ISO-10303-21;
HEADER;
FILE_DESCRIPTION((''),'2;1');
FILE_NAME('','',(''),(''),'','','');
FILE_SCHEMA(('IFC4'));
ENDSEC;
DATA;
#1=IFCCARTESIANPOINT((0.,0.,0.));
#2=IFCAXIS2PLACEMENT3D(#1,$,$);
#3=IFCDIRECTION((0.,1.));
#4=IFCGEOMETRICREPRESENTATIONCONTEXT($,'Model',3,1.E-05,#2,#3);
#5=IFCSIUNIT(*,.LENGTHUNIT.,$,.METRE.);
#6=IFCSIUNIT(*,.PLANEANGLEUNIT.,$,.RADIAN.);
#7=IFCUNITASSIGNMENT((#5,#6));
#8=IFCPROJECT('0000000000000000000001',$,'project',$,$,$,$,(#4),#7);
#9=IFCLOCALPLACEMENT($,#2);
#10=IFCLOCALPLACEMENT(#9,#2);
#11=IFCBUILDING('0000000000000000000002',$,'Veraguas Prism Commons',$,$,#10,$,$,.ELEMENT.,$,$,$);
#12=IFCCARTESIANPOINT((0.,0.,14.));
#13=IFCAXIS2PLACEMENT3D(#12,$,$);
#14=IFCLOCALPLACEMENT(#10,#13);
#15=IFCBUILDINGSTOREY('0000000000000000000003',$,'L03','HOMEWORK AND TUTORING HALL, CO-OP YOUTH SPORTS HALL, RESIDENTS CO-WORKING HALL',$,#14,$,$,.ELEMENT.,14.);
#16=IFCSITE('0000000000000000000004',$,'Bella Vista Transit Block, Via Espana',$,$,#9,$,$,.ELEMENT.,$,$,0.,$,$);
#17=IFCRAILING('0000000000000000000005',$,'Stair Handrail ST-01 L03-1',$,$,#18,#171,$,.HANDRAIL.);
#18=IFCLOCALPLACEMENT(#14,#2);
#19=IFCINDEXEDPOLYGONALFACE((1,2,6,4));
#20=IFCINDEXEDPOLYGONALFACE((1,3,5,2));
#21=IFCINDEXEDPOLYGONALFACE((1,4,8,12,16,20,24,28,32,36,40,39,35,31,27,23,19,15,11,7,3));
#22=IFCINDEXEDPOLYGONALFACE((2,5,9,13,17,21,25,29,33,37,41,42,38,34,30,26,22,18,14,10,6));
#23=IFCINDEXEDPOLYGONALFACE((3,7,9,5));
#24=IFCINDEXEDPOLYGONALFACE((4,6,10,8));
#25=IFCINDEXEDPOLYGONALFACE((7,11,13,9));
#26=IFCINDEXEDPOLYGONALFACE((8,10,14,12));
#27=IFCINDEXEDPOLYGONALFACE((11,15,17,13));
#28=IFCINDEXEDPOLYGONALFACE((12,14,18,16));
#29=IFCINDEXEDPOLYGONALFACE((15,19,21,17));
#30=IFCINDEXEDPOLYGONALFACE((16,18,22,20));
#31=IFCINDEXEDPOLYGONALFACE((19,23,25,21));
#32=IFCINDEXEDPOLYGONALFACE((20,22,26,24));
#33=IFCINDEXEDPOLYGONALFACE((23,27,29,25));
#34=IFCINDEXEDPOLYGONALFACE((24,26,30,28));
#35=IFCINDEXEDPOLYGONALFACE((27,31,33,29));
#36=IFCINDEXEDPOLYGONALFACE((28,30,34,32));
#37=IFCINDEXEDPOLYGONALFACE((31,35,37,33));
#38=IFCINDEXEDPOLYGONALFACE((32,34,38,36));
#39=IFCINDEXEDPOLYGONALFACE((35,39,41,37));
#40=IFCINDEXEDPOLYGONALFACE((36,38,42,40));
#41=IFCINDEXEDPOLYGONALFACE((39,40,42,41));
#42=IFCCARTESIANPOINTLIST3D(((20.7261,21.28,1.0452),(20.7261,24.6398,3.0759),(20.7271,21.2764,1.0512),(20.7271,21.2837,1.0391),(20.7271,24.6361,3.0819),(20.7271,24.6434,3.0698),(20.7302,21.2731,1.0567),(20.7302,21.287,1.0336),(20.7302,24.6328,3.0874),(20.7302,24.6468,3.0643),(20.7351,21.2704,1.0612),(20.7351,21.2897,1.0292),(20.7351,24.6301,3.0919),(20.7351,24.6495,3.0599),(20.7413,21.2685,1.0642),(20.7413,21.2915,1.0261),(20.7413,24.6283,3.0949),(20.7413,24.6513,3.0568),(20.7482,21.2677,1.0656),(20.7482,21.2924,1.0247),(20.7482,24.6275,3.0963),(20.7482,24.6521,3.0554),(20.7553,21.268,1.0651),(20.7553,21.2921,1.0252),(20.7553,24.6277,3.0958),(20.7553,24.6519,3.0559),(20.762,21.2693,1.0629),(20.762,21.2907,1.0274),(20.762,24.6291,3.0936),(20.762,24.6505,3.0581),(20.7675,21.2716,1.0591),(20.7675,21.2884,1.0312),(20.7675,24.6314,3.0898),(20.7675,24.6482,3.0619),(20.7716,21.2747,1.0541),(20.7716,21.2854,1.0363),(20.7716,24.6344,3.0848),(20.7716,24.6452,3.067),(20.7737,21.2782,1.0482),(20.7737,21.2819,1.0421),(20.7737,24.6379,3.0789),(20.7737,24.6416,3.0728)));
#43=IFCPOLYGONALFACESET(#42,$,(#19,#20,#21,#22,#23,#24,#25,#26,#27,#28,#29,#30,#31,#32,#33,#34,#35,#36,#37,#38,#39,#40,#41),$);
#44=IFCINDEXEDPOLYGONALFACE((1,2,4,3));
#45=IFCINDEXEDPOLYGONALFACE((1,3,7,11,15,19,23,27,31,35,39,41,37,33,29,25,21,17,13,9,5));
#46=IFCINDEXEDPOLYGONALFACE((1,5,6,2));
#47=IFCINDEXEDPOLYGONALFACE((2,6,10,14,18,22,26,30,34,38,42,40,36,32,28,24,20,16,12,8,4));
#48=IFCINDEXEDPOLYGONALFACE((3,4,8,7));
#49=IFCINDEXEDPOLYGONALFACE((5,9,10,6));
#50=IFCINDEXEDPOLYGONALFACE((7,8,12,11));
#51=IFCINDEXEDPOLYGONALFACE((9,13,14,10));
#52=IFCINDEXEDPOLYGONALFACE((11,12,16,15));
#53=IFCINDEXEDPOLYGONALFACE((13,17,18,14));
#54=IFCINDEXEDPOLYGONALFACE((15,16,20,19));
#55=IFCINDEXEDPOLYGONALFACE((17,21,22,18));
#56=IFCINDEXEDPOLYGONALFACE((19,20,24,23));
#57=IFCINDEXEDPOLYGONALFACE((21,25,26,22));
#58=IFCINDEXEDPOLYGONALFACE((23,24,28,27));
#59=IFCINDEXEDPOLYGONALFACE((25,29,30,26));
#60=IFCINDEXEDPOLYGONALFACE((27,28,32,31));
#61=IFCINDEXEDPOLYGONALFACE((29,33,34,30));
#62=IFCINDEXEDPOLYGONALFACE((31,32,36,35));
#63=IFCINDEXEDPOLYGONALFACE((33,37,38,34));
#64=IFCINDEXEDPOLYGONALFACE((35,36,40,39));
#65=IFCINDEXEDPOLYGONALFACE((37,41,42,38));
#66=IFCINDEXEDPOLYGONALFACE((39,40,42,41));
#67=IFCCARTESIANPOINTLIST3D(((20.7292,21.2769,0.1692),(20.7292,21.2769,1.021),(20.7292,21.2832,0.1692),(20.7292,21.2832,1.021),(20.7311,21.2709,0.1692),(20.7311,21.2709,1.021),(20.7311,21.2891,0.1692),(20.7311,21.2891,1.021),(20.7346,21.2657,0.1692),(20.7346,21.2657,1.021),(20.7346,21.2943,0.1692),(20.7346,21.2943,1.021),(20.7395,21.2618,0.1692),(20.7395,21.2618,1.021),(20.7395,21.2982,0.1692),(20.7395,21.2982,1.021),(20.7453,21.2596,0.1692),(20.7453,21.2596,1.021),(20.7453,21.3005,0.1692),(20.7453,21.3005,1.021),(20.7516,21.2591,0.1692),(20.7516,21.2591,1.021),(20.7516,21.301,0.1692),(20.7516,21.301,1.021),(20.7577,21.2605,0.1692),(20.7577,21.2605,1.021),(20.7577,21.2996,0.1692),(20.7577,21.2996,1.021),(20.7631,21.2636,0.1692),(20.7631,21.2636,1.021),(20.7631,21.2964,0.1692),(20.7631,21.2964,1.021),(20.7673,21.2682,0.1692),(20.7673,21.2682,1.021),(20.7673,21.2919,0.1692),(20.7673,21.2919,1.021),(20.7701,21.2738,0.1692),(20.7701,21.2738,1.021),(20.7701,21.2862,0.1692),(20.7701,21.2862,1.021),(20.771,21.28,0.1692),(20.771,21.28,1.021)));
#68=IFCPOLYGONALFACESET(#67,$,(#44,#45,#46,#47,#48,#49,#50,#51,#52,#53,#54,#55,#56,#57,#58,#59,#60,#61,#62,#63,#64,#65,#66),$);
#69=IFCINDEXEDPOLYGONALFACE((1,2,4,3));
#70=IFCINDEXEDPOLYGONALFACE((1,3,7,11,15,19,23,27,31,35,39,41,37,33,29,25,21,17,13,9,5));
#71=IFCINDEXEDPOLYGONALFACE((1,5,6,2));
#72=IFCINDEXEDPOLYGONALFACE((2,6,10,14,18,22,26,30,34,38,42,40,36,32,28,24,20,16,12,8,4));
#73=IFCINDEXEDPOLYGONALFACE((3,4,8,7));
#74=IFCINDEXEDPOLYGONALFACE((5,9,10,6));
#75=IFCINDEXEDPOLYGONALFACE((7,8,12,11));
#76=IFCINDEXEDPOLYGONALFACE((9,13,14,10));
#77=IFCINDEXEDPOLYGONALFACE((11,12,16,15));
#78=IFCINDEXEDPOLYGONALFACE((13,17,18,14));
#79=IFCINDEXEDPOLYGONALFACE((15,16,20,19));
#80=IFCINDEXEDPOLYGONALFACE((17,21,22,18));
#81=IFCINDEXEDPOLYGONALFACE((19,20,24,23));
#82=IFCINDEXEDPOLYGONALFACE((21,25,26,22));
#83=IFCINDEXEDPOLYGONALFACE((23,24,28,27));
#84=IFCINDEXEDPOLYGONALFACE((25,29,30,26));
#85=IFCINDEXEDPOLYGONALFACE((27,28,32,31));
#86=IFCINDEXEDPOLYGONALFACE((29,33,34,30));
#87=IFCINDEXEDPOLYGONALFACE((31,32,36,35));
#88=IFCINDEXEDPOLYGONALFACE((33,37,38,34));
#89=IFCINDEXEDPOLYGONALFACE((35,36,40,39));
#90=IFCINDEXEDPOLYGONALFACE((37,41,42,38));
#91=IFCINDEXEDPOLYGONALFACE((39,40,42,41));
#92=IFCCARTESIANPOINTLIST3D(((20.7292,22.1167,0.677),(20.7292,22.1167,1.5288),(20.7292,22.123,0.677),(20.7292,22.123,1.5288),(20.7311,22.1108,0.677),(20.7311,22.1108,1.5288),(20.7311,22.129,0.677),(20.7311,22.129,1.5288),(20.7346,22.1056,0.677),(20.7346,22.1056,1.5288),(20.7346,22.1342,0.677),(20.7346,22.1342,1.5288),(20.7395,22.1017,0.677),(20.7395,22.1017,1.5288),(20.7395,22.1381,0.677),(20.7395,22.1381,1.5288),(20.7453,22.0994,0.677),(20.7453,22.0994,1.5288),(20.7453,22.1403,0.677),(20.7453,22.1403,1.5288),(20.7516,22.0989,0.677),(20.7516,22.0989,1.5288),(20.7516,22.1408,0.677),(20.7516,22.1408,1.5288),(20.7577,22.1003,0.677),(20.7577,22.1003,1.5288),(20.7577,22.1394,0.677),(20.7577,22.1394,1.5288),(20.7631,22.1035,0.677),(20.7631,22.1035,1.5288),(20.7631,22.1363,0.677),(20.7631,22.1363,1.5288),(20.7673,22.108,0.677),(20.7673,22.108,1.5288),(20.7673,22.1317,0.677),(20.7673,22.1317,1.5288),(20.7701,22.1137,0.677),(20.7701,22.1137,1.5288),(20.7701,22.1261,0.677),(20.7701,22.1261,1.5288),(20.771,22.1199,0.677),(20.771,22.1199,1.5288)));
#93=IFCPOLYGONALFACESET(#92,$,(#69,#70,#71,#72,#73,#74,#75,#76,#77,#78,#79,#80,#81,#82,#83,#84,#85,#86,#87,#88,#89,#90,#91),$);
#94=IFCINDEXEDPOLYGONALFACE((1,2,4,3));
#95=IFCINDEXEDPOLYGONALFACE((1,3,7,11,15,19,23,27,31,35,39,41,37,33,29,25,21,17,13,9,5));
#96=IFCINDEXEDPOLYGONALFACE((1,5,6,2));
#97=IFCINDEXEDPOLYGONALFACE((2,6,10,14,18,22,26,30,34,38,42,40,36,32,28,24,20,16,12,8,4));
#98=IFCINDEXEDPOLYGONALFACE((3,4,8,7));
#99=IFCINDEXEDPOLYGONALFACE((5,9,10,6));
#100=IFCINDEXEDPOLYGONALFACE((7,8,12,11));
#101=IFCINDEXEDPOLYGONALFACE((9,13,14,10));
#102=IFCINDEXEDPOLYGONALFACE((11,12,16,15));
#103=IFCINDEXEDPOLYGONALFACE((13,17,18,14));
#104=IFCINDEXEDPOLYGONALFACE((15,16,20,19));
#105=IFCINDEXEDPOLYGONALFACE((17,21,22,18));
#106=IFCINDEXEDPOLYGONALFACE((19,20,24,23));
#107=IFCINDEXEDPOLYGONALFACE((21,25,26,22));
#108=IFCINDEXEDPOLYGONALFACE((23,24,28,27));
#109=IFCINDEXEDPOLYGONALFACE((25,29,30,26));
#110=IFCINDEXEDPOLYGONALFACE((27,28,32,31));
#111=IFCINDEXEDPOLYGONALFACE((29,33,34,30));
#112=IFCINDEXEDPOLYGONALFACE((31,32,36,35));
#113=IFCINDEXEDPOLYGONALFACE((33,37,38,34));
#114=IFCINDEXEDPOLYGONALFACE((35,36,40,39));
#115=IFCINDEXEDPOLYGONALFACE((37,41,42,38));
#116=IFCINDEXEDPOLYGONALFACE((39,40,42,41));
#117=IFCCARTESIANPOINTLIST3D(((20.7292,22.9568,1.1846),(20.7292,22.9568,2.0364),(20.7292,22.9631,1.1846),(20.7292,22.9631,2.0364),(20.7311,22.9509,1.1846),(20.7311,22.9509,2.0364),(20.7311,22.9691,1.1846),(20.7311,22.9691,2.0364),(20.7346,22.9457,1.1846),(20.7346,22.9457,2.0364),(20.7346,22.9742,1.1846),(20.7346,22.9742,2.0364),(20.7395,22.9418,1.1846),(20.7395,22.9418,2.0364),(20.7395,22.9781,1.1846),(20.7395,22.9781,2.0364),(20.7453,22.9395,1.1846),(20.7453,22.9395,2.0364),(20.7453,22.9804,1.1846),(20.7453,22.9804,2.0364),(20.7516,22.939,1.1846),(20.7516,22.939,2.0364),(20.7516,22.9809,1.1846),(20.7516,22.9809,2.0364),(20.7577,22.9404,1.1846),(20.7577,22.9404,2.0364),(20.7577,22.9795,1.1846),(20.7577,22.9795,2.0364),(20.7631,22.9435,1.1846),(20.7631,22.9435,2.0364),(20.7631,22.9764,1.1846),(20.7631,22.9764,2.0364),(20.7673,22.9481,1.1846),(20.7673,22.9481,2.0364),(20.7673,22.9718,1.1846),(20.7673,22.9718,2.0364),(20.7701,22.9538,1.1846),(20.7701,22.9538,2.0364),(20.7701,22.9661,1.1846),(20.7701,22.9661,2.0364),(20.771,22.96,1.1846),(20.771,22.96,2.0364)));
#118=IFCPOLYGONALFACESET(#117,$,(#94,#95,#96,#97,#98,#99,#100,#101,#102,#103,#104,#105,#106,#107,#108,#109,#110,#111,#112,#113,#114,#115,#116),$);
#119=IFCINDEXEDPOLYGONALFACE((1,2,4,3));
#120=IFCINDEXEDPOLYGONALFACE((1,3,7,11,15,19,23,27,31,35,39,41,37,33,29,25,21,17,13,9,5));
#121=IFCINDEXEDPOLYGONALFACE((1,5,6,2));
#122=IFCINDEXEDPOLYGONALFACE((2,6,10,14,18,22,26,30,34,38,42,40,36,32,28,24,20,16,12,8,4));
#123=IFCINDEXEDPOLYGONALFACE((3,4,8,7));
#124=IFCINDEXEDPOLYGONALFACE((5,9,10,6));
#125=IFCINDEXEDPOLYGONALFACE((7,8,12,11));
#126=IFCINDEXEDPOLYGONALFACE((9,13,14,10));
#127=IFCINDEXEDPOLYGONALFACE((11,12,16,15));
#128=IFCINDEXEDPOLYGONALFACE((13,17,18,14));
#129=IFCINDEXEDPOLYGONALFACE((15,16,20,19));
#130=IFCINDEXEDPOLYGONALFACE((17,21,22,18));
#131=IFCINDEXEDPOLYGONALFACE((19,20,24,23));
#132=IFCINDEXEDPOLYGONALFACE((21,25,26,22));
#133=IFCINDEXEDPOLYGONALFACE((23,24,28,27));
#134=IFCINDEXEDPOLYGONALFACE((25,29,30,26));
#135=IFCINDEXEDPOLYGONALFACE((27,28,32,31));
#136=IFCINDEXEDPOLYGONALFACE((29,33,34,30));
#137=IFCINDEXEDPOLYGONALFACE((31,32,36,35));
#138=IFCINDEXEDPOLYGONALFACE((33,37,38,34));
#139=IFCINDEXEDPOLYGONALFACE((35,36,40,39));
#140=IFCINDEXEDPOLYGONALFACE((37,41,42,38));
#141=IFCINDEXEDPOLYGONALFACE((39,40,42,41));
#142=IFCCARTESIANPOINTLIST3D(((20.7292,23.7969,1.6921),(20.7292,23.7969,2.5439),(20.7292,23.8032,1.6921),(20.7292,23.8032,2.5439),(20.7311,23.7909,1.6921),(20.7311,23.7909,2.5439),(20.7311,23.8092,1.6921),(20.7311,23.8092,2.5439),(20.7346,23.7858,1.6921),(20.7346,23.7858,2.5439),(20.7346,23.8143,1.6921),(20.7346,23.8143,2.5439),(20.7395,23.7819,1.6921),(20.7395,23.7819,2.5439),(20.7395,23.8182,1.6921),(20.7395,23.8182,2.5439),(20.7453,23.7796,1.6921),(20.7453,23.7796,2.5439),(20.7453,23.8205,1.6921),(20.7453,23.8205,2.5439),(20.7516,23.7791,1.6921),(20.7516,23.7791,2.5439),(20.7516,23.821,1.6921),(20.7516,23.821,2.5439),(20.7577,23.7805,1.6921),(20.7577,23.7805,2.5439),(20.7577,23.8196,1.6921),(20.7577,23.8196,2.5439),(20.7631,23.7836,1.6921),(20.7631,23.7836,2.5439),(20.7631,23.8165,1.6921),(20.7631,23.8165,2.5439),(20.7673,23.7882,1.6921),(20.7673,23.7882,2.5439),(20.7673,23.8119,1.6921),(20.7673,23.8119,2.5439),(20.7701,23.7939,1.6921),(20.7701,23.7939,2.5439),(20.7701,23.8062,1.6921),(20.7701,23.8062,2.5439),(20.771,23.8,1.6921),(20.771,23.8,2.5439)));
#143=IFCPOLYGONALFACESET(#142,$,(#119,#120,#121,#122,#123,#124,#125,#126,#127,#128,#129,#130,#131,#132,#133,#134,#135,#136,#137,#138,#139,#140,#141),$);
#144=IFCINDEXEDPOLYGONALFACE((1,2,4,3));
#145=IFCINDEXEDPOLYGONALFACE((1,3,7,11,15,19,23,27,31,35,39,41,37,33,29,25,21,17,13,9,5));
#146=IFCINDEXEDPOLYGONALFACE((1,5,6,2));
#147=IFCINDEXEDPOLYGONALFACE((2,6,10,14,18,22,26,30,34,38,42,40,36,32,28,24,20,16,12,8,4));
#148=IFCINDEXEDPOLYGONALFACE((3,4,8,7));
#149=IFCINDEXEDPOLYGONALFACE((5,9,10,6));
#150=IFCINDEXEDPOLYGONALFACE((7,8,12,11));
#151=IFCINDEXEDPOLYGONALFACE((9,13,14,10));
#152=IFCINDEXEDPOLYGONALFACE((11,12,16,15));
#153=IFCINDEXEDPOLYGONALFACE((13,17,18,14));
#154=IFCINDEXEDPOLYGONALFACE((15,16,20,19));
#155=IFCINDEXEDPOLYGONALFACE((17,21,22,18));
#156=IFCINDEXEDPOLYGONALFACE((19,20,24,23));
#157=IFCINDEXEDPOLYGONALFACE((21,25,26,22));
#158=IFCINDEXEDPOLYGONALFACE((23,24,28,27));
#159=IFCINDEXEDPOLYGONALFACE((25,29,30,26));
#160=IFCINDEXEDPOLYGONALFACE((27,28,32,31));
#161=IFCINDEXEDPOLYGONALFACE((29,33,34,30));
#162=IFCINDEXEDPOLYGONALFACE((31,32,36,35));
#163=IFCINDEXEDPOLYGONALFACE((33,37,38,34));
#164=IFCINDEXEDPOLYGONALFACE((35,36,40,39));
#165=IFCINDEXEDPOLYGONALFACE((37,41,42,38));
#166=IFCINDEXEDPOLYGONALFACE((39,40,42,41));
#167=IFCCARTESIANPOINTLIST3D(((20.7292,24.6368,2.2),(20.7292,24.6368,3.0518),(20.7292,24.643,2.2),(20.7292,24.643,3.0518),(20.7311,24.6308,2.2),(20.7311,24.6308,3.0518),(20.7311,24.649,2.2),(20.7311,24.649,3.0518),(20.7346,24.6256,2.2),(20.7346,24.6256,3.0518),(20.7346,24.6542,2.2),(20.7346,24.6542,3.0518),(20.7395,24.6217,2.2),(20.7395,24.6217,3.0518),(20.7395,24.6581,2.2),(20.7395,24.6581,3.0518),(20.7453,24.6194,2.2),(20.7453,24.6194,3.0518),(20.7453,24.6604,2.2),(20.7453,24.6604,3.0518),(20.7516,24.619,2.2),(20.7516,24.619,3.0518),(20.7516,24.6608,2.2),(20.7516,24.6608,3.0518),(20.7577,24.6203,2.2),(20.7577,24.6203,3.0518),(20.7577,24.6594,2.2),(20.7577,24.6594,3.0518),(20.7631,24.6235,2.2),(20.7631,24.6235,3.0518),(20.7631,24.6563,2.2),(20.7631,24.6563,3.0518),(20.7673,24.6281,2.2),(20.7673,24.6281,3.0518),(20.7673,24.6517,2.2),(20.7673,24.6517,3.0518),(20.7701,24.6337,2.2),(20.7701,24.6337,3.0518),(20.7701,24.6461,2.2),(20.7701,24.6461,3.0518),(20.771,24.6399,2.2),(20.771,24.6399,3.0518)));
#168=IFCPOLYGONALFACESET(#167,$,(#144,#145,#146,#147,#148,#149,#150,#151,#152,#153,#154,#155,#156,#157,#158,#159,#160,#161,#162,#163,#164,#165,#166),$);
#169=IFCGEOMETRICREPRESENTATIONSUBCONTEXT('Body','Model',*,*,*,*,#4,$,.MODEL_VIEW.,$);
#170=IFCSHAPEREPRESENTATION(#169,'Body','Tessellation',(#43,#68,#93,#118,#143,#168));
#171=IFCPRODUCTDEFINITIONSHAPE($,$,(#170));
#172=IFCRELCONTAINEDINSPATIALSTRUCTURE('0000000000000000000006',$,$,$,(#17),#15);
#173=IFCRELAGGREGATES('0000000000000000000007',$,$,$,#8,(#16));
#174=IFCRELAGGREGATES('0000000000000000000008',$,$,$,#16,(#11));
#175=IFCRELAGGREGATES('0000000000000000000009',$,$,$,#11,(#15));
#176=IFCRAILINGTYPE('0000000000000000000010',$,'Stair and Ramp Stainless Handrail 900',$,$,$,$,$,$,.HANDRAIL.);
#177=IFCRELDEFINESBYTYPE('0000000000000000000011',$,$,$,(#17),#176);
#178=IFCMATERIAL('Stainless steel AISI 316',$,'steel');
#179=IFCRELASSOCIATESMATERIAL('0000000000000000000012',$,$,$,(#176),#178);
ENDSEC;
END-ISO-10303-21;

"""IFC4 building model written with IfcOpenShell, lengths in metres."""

from ifc_helpers import new_model, si_unit, direction, frame, origin, origin_2d, place, context, subcontext, project, spatial, circle, extrude, material, type_object, element, save


model = new_model("IFC4")

# Units and contexts
model_context = context("Model", 3, precision=1e-05, world=origin(), true_north=direction((0.0, 1.0)))
body_context = subcontext(model_context, "Body", "Model", "MODEL_VIEW")
ifc_project = project(units=[si_unit("LENGTHUNIT", "METRE"), si_unit("PLANEANGLEUNIT", "RADIAN")], contexts=[model_context])

# Site, building, storey
site_placement = place(None, origin())
site = spatial("IfcSite", under=ifc_project, at=site_placement, Name="Bella Vista Transit Block, Via Espana", CompositionType="ELEMENT", RefElevation=0.0)
building_placement = place(site_placement, origin())
building = spatial("IfcBuilding", under=site, at=building_placement, Name="Veraguas Prism Commons", CompositionType="ELEMENT")
storey_placement = place(building_placement, frame((0.0, 0.0, 14.0)))
storey = spatial("IfcBuildingStorey", under=building, at=storey_placement, Name="L03", Description="HOMEWORK AND TUTORING HALL, CO-OP YOUTH SPORTS HALL, RESIDENTS CO-WORKING HALL", CompositionType="ELEMENT", Elevation=14.0)

# Shared definitions
ifc_material_1 = material(Name="Stainless steel AISI 316", Category="steel")

# Railing
railing_type_1 = type_object("IfcRailingType", Name="Stair and Ramp Stainless Handrail 900", PredefinedType="HANDRAIL", material=ifc_material_1)
railing_1_placement = place(storey_placement, frame((20.75, 21.28, 0.1692)))
element("IfcRailing", 1, at=railing_1_placement, inside=storey, type_object=railing_type_1, Name="Stair Handrail ST-01 L03-1", PredefinedType="HANDRAIL", context=body_context, shape_type="SweptSolid", body=[
    extrude(circle(Radius=0.0239, at=origin_2d()), frame((0.0, 0.0, 0.876), z_axis=(0.0, 0.85582, 0.517273), x_axis=(-1.0, 0.0, 0.0)), (0.0, 0.0, 1.0), 3.9258),
    extrude(circle(Radius=0.021, at=origin_2d()), origin(), (0.0, 0.0, 1.0), 0.8518),
    extrude(circle(Radius=0.021, at=origin_2d()), frame((0.0, 0.8398, 0.5078)), (0.0, 0.0, 1.0), 0.8518),
    extrude(circle(Radius=0.021, at=origin_2d()), frame((0.0, 1.6799, 1.0154)), (0.0, 0.0, 1.0), 0.8518),
    extrude(circle(Radius=0.021, at=origin_2d()), frame((0.0, 2.52, 1.5229)), (0.0, 0.0, 1.0), 0.8518),
    extrude(circle(Radius=0.021, at=origin_2d()), frame((0.0, 3.3599, 2.0308)), (0.0, 0.0, 1.0), 0.8518),
])

save(model, "model.ifc")
